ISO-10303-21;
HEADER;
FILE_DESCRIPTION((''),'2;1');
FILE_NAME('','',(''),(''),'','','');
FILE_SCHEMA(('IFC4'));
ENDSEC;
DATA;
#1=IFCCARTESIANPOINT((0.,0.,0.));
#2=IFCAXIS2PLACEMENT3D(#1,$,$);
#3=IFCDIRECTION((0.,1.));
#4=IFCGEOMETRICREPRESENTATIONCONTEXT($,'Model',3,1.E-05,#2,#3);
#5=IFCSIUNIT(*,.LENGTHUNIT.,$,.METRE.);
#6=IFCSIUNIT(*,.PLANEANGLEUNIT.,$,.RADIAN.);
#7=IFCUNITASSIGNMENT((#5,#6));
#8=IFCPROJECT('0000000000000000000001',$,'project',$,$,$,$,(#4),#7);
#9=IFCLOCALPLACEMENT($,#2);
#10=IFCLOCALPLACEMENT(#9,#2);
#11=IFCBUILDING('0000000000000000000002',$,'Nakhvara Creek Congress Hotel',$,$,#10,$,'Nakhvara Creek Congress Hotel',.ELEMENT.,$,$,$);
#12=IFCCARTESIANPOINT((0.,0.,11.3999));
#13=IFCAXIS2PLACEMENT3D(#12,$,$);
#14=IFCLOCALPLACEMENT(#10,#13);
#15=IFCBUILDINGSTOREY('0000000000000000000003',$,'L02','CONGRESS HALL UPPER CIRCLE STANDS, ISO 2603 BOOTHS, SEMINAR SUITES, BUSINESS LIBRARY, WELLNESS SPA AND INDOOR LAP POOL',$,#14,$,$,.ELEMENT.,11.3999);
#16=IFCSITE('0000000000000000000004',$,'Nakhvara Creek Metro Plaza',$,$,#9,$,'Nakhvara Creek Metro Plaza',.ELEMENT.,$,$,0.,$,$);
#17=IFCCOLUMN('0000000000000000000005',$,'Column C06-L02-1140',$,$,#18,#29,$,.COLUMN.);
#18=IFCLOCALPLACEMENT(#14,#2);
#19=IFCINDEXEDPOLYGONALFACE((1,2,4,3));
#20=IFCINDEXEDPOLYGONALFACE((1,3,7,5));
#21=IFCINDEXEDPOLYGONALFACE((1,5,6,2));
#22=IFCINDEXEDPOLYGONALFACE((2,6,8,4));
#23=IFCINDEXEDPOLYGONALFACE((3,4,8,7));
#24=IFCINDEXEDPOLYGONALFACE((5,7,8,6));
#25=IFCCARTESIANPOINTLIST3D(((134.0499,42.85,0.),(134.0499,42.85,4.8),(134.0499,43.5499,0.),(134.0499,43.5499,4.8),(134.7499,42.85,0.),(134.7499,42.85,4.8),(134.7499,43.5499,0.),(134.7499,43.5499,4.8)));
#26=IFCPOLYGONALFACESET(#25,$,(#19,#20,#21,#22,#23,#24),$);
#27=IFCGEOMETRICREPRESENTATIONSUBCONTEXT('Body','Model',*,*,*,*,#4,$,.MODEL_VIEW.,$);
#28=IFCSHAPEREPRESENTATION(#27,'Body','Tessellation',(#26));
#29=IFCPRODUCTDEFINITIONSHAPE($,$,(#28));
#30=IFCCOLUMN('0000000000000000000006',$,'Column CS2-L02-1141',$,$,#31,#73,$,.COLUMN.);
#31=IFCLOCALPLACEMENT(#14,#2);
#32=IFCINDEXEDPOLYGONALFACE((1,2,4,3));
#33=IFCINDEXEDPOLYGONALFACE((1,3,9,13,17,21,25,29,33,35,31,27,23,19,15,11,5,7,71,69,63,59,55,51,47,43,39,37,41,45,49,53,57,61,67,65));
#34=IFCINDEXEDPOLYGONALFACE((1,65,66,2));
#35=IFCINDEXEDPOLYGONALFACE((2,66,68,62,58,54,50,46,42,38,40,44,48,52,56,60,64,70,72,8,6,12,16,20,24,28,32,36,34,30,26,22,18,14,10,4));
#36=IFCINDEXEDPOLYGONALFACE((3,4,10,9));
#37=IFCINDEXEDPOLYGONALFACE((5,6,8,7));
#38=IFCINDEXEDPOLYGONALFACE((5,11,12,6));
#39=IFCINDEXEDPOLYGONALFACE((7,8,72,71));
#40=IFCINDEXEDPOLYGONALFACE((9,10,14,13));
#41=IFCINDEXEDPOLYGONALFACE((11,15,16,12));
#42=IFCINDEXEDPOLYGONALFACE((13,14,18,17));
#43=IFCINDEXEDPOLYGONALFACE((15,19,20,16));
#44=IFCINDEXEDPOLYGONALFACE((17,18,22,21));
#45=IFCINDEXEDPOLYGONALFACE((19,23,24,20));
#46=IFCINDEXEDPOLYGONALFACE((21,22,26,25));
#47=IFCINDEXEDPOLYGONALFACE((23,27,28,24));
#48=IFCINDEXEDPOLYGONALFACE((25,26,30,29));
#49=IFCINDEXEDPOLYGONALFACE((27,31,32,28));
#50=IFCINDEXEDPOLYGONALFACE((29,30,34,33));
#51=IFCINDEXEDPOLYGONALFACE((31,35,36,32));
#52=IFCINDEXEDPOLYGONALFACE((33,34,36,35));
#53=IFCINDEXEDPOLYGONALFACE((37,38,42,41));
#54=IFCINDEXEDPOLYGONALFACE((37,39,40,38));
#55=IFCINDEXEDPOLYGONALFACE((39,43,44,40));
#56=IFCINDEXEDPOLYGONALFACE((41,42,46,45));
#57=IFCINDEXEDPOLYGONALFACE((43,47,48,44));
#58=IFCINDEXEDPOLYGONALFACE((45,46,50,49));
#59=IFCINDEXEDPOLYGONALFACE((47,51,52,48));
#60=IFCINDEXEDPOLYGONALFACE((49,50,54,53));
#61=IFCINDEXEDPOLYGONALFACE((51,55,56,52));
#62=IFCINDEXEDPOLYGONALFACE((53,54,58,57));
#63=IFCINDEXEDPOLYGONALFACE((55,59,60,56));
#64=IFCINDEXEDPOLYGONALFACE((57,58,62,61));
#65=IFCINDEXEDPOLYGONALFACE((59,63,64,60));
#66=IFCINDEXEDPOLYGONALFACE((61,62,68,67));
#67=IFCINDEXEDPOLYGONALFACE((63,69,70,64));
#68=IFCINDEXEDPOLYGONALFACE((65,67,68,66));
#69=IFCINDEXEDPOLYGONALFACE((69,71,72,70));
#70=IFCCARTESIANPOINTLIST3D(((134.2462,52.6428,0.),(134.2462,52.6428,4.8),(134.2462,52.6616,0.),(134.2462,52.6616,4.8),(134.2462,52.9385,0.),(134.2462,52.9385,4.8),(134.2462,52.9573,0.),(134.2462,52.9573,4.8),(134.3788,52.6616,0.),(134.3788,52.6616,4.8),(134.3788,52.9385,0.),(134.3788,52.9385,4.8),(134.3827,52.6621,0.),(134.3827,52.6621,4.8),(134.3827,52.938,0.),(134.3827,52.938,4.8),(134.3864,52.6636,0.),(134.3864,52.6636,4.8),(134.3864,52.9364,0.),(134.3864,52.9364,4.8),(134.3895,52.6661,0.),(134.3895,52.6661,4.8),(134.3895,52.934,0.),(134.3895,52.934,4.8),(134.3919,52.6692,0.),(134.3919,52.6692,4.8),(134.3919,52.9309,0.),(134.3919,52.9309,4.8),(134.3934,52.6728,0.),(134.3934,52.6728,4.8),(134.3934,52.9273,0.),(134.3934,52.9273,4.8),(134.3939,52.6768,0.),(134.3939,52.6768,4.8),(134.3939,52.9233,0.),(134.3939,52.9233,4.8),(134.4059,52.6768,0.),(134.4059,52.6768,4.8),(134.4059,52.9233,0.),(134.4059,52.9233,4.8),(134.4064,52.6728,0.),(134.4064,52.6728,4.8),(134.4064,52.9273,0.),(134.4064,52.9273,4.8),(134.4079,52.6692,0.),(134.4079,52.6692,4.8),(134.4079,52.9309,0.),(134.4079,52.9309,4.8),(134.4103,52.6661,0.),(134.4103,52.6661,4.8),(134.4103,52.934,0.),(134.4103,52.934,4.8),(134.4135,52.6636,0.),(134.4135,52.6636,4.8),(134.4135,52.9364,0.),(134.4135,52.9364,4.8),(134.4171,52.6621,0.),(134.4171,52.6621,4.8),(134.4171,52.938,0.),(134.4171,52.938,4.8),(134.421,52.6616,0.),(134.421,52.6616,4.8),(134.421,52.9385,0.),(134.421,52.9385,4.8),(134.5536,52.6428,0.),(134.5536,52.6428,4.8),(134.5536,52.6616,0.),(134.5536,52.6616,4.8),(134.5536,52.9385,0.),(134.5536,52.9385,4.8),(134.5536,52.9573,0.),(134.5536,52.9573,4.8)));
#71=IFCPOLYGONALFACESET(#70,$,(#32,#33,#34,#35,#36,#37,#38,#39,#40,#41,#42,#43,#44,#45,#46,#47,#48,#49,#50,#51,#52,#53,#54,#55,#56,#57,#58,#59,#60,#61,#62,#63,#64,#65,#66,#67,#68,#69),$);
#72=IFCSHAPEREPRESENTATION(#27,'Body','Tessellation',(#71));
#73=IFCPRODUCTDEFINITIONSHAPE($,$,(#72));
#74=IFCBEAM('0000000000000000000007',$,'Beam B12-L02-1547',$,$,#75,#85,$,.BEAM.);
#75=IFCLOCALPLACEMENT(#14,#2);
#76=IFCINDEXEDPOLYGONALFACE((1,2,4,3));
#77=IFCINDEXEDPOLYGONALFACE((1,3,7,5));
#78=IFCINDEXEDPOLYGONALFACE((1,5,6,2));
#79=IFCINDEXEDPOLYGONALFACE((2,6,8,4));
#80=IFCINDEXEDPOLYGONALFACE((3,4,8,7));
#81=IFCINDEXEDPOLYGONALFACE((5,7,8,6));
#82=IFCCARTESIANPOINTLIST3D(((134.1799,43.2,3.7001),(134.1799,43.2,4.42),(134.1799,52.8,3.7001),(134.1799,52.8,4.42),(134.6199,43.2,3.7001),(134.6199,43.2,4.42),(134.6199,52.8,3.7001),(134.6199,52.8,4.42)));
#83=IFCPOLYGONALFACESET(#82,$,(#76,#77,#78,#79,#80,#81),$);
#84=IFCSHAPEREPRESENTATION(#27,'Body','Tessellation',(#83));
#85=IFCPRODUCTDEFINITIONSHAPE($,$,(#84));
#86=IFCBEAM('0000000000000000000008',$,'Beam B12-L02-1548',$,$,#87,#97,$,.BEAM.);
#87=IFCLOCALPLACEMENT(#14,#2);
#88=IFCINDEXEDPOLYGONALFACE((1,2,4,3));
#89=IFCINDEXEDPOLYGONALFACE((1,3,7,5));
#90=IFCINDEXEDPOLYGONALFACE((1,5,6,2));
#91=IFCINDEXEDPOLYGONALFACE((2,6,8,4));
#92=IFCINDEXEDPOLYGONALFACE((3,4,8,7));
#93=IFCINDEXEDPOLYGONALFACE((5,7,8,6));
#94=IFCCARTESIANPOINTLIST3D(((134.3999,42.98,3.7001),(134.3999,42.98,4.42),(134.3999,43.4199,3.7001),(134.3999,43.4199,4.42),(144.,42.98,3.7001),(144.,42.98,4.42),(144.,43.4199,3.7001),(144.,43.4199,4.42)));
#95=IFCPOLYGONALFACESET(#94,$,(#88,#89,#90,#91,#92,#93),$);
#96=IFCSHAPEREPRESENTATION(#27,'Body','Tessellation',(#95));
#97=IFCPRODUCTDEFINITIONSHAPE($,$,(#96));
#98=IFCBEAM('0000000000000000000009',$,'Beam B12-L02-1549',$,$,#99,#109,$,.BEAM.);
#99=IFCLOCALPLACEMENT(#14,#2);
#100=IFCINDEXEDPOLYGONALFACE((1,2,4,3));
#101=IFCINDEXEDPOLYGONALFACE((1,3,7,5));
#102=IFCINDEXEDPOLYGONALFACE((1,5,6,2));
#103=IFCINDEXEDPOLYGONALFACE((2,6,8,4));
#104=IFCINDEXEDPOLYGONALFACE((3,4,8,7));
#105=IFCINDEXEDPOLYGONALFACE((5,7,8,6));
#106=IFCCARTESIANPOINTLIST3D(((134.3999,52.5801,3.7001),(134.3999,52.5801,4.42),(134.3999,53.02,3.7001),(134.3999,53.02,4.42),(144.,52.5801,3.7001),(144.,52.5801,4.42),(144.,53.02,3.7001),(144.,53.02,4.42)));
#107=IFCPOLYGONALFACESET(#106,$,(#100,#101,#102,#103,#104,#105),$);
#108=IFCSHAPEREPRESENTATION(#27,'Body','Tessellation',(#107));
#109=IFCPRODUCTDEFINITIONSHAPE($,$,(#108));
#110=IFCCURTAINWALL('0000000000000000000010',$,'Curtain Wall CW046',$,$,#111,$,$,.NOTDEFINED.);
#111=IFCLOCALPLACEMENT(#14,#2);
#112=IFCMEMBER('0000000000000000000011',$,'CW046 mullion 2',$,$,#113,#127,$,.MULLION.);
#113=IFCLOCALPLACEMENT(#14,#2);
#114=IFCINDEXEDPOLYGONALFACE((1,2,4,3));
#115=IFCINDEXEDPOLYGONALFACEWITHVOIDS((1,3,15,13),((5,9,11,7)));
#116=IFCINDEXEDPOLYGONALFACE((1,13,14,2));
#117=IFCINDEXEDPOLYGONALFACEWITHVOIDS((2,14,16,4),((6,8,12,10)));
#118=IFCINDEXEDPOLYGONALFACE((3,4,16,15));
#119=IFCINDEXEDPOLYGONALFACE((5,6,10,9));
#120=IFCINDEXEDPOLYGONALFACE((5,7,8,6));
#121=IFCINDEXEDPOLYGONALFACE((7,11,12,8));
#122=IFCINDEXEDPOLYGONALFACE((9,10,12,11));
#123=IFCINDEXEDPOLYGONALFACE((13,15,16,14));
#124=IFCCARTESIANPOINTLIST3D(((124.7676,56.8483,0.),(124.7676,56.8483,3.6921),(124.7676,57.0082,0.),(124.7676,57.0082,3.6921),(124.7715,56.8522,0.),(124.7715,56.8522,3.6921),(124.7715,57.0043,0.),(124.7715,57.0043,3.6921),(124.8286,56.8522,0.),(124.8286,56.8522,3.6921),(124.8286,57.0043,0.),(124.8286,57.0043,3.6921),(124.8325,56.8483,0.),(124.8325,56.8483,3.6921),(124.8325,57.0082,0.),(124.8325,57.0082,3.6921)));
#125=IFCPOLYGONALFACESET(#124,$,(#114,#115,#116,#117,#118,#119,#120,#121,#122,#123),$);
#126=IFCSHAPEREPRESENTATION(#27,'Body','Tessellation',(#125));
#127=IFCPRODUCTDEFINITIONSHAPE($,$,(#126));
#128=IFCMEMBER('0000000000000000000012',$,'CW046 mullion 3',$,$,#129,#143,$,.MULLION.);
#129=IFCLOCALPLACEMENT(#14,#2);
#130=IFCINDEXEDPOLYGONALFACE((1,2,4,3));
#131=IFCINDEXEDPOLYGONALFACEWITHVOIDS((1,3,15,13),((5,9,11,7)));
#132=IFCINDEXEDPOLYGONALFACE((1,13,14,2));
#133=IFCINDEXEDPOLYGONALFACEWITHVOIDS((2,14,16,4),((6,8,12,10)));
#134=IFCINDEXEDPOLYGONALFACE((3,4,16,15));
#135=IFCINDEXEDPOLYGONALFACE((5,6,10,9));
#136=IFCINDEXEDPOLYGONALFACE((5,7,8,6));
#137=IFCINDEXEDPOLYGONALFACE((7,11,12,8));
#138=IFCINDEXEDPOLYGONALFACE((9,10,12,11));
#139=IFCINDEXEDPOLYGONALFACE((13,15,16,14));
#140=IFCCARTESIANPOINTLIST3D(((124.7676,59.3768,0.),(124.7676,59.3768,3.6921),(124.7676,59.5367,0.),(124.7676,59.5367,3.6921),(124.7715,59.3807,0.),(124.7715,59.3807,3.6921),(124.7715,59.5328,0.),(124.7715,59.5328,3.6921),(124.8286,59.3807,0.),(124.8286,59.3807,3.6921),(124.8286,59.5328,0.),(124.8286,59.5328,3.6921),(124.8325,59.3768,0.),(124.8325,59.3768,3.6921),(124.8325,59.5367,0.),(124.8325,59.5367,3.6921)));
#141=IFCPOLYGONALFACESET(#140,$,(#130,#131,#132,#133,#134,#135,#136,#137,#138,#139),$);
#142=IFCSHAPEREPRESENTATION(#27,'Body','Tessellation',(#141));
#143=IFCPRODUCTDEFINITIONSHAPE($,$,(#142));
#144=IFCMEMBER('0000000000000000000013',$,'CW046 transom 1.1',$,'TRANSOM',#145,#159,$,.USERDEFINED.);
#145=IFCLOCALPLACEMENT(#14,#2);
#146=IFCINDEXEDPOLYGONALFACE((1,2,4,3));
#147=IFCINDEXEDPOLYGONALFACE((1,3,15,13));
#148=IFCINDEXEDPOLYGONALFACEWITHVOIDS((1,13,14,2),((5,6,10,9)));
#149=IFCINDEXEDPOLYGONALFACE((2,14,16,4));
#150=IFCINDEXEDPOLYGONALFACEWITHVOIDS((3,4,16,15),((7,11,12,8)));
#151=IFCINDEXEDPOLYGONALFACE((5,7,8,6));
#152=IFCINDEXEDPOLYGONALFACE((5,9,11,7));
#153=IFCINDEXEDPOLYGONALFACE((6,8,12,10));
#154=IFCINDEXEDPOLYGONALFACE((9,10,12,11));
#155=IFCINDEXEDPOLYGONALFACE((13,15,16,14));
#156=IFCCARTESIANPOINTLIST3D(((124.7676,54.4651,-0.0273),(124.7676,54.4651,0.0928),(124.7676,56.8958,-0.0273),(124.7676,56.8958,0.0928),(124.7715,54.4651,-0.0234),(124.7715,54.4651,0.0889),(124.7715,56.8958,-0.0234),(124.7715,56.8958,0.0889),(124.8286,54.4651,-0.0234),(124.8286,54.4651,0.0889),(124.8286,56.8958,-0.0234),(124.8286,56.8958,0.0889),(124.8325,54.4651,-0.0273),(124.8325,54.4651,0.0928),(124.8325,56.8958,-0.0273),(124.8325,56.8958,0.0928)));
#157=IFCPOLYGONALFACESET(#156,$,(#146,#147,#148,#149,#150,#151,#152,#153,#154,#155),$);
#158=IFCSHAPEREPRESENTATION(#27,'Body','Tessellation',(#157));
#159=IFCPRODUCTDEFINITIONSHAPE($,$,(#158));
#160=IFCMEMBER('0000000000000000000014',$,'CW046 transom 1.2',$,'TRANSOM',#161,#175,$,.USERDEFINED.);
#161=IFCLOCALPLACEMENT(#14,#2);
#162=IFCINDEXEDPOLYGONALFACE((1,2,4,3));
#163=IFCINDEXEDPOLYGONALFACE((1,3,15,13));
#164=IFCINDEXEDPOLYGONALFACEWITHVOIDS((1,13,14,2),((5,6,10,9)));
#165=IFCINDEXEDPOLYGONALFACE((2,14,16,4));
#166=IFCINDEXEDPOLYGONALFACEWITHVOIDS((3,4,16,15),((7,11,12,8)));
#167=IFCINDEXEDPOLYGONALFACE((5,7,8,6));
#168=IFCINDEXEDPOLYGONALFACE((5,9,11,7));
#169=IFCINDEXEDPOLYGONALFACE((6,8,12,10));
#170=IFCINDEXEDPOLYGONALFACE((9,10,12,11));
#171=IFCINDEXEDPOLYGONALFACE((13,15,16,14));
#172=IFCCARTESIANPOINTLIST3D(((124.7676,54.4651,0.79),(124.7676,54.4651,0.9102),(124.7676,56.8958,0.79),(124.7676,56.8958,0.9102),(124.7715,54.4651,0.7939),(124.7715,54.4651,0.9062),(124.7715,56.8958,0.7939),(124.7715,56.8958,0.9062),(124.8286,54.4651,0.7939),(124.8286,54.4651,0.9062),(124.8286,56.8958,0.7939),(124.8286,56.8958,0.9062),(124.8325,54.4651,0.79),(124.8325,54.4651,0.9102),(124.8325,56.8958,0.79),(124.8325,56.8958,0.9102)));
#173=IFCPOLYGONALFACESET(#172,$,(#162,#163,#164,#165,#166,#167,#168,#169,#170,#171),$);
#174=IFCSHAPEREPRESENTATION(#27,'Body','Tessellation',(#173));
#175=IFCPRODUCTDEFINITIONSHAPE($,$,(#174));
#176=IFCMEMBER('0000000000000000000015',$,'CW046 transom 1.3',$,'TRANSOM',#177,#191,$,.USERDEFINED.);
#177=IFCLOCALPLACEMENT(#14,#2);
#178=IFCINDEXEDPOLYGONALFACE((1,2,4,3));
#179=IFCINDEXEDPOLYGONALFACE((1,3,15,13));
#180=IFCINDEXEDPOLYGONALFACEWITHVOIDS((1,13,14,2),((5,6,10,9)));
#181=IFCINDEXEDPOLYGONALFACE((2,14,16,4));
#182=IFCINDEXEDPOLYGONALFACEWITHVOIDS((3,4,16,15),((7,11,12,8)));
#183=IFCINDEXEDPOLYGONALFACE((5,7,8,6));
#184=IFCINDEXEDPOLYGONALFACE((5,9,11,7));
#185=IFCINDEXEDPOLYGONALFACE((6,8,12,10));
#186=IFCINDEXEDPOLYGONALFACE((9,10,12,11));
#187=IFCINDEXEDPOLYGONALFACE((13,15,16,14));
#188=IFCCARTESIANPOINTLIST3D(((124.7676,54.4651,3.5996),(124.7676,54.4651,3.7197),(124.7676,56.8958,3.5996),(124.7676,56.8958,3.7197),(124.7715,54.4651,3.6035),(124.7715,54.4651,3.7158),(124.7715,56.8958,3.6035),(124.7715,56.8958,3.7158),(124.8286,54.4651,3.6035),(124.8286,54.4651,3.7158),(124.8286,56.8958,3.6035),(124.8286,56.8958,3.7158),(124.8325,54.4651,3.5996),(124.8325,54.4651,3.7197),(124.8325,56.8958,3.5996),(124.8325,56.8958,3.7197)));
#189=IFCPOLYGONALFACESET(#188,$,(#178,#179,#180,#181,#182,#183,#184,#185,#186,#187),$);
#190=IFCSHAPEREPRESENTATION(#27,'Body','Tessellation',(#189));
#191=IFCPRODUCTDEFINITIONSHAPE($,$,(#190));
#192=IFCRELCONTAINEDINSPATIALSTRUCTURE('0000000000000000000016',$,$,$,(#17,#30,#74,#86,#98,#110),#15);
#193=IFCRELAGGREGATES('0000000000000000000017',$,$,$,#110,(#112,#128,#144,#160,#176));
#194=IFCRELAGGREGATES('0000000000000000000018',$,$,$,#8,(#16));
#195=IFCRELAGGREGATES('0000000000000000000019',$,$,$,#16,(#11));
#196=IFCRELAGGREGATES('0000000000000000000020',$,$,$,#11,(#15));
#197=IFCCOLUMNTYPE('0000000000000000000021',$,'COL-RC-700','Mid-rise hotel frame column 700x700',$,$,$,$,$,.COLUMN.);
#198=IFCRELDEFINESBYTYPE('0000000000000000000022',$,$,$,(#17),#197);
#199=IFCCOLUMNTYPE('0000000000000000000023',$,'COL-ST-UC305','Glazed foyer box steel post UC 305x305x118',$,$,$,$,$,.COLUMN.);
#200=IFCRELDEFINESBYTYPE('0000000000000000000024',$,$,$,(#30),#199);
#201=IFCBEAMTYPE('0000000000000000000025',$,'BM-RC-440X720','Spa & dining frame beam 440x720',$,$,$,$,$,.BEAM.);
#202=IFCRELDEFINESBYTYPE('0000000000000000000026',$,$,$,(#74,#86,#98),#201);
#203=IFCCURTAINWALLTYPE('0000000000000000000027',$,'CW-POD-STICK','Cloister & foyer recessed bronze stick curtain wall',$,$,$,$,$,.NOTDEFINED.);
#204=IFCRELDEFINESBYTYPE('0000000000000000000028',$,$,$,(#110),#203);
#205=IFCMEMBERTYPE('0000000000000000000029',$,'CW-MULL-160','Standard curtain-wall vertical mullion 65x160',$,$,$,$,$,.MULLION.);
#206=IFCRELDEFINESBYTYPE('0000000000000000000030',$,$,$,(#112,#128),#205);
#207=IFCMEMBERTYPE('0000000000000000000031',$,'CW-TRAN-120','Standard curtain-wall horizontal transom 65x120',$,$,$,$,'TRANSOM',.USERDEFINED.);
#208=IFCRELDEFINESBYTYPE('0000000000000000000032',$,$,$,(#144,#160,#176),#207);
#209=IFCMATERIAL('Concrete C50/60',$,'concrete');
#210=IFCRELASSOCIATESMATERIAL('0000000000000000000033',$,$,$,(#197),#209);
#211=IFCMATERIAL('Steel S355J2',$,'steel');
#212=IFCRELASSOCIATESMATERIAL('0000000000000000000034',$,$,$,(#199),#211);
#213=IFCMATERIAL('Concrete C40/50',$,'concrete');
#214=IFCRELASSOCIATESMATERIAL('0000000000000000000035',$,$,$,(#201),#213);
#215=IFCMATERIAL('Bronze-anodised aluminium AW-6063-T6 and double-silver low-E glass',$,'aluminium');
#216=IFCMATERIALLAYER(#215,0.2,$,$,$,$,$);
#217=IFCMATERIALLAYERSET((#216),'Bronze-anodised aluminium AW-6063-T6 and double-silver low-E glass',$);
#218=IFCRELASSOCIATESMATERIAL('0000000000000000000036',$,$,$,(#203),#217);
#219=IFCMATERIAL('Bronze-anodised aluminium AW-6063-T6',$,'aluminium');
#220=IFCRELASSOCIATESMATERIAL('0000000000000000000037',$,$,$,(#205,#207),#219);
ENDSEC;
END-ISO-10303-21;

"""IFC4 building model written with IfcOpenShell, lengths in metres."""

from ifc_helpers import new_model, si_unit, direction, frame, origin, origin_2d, place, context, subcontext, project, spatial, rectangle, hollow_rectangle, i_section, extrude, material, layer, layer_set, material_profile, profile_set, type_object, element, aggregate, save


model = new_model("IFC4")

# Units and contexts
model_context = context("Model", 3, precision=1e-05, world=origin(), true_north=direction((0.0, 1.0)))
body_context = subcontext(model_context, "Body", "Model", "MODEL_VIEW")
ifc_project = project(units=[si_unit("LENGTHUNIT", "METRE"), si_unit("PLANEANGLEUNIT", "RADIAN")], contexts=[model_context])

# Site, building, storey
site_placement = place(None, origin())
site = spatial("IfcSite", under=ifc_project, at=site_placement, Name="Nakhvara Creek Metro Plaza", LongName="Nakhvara Creek Metro Plaza", CompositionType="ELEMENT", RefElevation=0.0)
building_placement = place(site_placement, origin())
building = spatial("IfcBuilding", under=site, at=building_placement, Name="Nakhvara Creek Congress Hotel", LongName="Nakhvara Creek Congress Hotel", CompositionType="ELEMENT")
storey_placement = place(building_placement, frame((0.0, 0.0, 11.3999)))
storey = spatial("IfcBuildingStorey", under=building, at=storey_placement, Name="L02", Description="CONGRESS HALL UPPER CIRCLE STANDS, ISO 2603 BOOTHS, SEMINAR SUITES, BUSINESS LIBRARY, WELLNESS SPA AND INDOOR LAP POOL", CompositionType="ELEMENT", Elevation=11.3999)

# Columns
ifc_material_1 = material(Name="Concrete C50/60", Category="concrete")
ifc_material_profile_1 = material_profile(ifc_material_1, rectangle(XDim=0.7, YDim=0.7, at=origin_2d()), Name="RC-COL 700x700", Category="LoadBearing")
ifc_profile_set_1 = profile_set([ifc_material_profile_1], Name="Concrete C50/60")
column_type_1 = type_object("IfcColumnType", Name="COL-RC-700", Description="Mid-rise hotel frame column 700x700", PredefinedType="COLUMN", material=ifc_profile_set_1)
column_1_placement = place(storey_placement, frame((134.3999, 43.2, 0.0), z_axis=(0.0, 0.0, 1.0), x_axis=(1.0, 0.0, 0.0)))
element("IfcColumn", 1, at=column_1_placement, inside=storey, type_object=column_type_1, Name="Column C06-L02-1140", PredefinedType="COLUMN", context=body_context, shape_type="SweptSolid", body=[
    extrude(rectangle(XDim=0.7, YDim=0.7, at=origin_2d()), origin(), (0.0, 0.0, 1.0), 4.8),
])
ifc_material_2 = material(Name="Steel S355J2", Category="steel")
ifc_material_profile_2 = material_profile(ifc_material_2, i_section(OverallWidth=0.3074, OverallDepth=0.3145, WebThickness=0.012, FlangeThickness=0.0188, FilletRadius=0.0151, at=origin_2d()), Name="UC 305x305x118", Category="LoadBearing")
ifc_profile_set_2 = profile_set([ifc_material_profile_2], Name="Steel S355J2")
column_type_2 = type_object("IfcColumnType", Name="COL-ST-UC305", Description="Glazed foyer box steel post UC 305x305x118", PredefinedType="COLUMN", material=ifc_profile_set_2)
column_2_placement = place(storey_placement, frame((134.3999, 52.8, 0.0), z_axis=(0.0, 0.0, 1.0), x_axis=(1.0, 0.0, 0.0)))
element("IfcColumn", 2, at=column_2_placement, inside=storey, type_object=column_type_2, Name="Column CS2-L02-1141", PredefinedType="COLUMN", context=body_context, shape_type="SweptSolid", body=[
    extrude(i_section(OverallWidth=0.3074, OverallDepth=0.3145, WebThickness=0.012, FlangeThickness=0.0188, FilletRadius=0.0151, at=origin_2d()), origin(), (0.0, 0.0, 1.0), 4.8),
])

# Beams
ifc_material_3 = material(Name="Concrete C40/50", Category="concrete")
ifc_material_profile_3 = material_profile(ifc_material_3, rectangle(XDim=0.4399, YDim=0.72, at=origin_2d()), Name="RC-BM 440x720", Category="LoadBearing")
ifc_profile_set_3 = profile_set([ifc_material_profile_3], Name="Concrete C40/50")
beam_type = type_object("IfcBeamType", Name="BM-RC-440X720", Description="Spa & dining frame beam 440x720", PredefinedType="BEAM", material=ifc_profile_set_3)
for number, where, z_axis, x_axis, name in (
    (3, (134.3999, 43.2, 4.0601), (0.0, 1.0, 0.0), (-1.0, 0.0, 0.0), "Beam B12-L02-1547"),
    (4, (134.3999, 43.2, 4.0601), (1.0, 0.0, 0.0), (0.0, 1.0, 0.0), "Beam B12-L02-1548"),
    (5, (134.3999, 52.8, 4.0601), (1.0, 0.0, 0.0), (0.0, 1.0, 0.0), "Beam B12-L02-1549"),
):
    element("IfcBeam", number, at=place(storey_placement, frame(where, z_axis=z_axis, x_axis=x_axis)), inside=storey, type_object=beam_type, Name=name, PredefinedType="BEAM", context=body_context, shape_type="SweptSolid", body=[
        extrude(rectangle(XDim=0.4399, YDim=0.72, at=origin_2d()), origin(), (0.0, 0.0, 1.0), 9.6001),
    ])

# Curtain wall, members
ifc_material_4 = material(Name="Bronze-anodised aluminium AW-6063-T6 and double-silver low-E glass", Category="aluminium")
ifc_layer = layer(ifc_material_4, 0.2)
ifc_layer_set = layer_set([ifc_layer], Name="Bronze-anodised aluminium AW-6063-T6 and double-silver low-E glass")
curtain_wall_type = type_object("IfcCurtainWallType", Name="CW-POD-STICK", Description="Cloister & foyer recessed bronze stick curtain wall", PredefinedType="NOTDEFINED", material=ifc_layer_set)
curtain_wall_placement = place(storey_placement, origin())
curtain_wall = element("IfcCurtainWall", 6, at=curtain_wall_placement, inside=storey, type_object=curtain_wall_type, Name="Curtain Wall CW046", PredefinedType="NOTDEFINED")
ifc_material_5 = material(Name="Bronze-anodised aluminium AW-6063-T6", Category="aluminium")
ifc_material_profile_4 = material_profile(ifc_material_5, hollow_rectangle(XDim=0.0649, YDim=0.1599, WallThickness=0.0039, at=origin_2d()), Name="ALU-MULL 65x160x4", Category="LoadBearing")
ifc_profile_set_4 = profile_set([ifc_material_profile_4], Name="Bronze-anodised aluminium AW-6063-T6")
member_type_1 = type_object("IfcMemberType", Name="CW-MULL-160", Description="Standard curtain-wall vertical mullion 65x160", PredefinedType="MULLION", material=ifc_profile_set_4)
member_1_placement = place(storey_placement, frame((124.8, 56.9282, 0.0), z_axis=(0.0, 0.0, 1.0), x_axis=(-1.0, 0.0, 0.0)))
member_1 = element("IfcMember", 7, at=member_1_placement, type_object=member_type_1, Name="CW046 mullion 2", PredefinedType="MULLION", context=body_context, shape_type="SweptSolid", body=[
    extrude(hollow_rectangle(XDim=0.0649, YDim=0.1599, WallThickness=0.0039, at=origin_2d()), origin(), (0.0, 0.0, 1.0), 3.6921),
])
member_2_placement = place(storey_placement, frame((124.8, 59.4568, 0.0), z_axis=(0.0, 0.0, 1.0), x_axis=(-1.0, 0.0, 0.0)))
member_2 = element("IfcMember", 8, at=member_2_placement, type_object=member_type_1, Name="CW046 mullion 3", PredefinedType="MULLION", context=body_context, shape_type="SweptSolid", body=[
    extrude(hollow_rectangle(XDim=0.0649, YDim=0.1599, WallThickness=0.0039, at=origin_2d()), origin(), (0.0, 0.0, 1.0), 3.6921),
])
ifc_material_profile_5 = material_profile(ifc_material_5, hollow_rectangle(XDim=0.0649, YDim=0.1201, WallThickness=0.0039, at=origin_2d()), Name="ALU-TRAN 65x120x4", Category="LoadBearing")
ifc_profile_set_5 = profile_set([ifc_material_profile_5], Name="Bronze-anodised aluminium AW-6063-T6")
member_type_2 = type_object("IfcMemberType", Name="CW-TRAN-120", Description="Standard curtain-wall horizontal transom 65x120", ElementType="TRANSOM", PredefinedType="USERDEFINED", material=ifc_profile_set_5)
member_3_placement = place(storey_placement, frame((124.8, 54.4651, 0.0327), z_axis=(0.0, 1.0, 0.0), x_axis=(-1.0, 0.0, 0.0)))
member_3 = element("IfcMember", 9, at=member_3_placement, type_object=member_type_2, Name="CW046 transom 1.1", ObjectType="TRANSOM", PredefinedType="USERDEFINED", context=body_context, shape_type="SweptSolid", body=[
    extrude(hollow_rectangle(XDim=0.0649, YDim=0.1201, WallThickness=0.0039, at=origin_2d()), origin(), (0.0, 0.0, 1.0), 2.4307),
])
member_4_placement = place(storey_placement, frame((124.8, 54.4651, 0.8501), z_axis=(0.0, 1.0, 0.0), x_axis=(-1.0, 0.0, 0.0)))
member_4 = element("IfcMember", 10, at=member_4_placement, type_object=member_type_2, Name="CW046 transom 1.2", ObjectType="TRANSOM", PredefinedType="USERDEFINED", context=body_context, shape_type="SweptSolid", body=[
    extrude(hollow_rectangle(XDim=0.0649, YDim=0.1201, WallThickness=0.0039, at=origin_2d()), origin(), (0.0, 0.0, 1.0), 2.4307),
])
member_5_placement = place(storey_placement, frame((124.8, 54.4651, 3.6597), z_axis=(0.0, 1.0, 0.0), x_axis=(-1.0, 0.0, 0.0)))
member_5 = element("IfcMember", 11, at=member_5_placement, type_object=member_type_2, Name="CW046 transom 1.3", ObjectType="TRANSOM", PredefinedType="USERDEFINED", context=body_context, shape_type="SweptSolid", body=[
    extrude(hollow_rectangle(XDim=0.0649, YDim=0.1201, WallThickness=0.0039, at=origin_2d()), origin(), (0.0, 0.0, 1.0), 2.4307),
])
aggregate(curtain_wall, [member_1, member_2, member_3, member_4, member_5])

save(model, "model.ifc")
